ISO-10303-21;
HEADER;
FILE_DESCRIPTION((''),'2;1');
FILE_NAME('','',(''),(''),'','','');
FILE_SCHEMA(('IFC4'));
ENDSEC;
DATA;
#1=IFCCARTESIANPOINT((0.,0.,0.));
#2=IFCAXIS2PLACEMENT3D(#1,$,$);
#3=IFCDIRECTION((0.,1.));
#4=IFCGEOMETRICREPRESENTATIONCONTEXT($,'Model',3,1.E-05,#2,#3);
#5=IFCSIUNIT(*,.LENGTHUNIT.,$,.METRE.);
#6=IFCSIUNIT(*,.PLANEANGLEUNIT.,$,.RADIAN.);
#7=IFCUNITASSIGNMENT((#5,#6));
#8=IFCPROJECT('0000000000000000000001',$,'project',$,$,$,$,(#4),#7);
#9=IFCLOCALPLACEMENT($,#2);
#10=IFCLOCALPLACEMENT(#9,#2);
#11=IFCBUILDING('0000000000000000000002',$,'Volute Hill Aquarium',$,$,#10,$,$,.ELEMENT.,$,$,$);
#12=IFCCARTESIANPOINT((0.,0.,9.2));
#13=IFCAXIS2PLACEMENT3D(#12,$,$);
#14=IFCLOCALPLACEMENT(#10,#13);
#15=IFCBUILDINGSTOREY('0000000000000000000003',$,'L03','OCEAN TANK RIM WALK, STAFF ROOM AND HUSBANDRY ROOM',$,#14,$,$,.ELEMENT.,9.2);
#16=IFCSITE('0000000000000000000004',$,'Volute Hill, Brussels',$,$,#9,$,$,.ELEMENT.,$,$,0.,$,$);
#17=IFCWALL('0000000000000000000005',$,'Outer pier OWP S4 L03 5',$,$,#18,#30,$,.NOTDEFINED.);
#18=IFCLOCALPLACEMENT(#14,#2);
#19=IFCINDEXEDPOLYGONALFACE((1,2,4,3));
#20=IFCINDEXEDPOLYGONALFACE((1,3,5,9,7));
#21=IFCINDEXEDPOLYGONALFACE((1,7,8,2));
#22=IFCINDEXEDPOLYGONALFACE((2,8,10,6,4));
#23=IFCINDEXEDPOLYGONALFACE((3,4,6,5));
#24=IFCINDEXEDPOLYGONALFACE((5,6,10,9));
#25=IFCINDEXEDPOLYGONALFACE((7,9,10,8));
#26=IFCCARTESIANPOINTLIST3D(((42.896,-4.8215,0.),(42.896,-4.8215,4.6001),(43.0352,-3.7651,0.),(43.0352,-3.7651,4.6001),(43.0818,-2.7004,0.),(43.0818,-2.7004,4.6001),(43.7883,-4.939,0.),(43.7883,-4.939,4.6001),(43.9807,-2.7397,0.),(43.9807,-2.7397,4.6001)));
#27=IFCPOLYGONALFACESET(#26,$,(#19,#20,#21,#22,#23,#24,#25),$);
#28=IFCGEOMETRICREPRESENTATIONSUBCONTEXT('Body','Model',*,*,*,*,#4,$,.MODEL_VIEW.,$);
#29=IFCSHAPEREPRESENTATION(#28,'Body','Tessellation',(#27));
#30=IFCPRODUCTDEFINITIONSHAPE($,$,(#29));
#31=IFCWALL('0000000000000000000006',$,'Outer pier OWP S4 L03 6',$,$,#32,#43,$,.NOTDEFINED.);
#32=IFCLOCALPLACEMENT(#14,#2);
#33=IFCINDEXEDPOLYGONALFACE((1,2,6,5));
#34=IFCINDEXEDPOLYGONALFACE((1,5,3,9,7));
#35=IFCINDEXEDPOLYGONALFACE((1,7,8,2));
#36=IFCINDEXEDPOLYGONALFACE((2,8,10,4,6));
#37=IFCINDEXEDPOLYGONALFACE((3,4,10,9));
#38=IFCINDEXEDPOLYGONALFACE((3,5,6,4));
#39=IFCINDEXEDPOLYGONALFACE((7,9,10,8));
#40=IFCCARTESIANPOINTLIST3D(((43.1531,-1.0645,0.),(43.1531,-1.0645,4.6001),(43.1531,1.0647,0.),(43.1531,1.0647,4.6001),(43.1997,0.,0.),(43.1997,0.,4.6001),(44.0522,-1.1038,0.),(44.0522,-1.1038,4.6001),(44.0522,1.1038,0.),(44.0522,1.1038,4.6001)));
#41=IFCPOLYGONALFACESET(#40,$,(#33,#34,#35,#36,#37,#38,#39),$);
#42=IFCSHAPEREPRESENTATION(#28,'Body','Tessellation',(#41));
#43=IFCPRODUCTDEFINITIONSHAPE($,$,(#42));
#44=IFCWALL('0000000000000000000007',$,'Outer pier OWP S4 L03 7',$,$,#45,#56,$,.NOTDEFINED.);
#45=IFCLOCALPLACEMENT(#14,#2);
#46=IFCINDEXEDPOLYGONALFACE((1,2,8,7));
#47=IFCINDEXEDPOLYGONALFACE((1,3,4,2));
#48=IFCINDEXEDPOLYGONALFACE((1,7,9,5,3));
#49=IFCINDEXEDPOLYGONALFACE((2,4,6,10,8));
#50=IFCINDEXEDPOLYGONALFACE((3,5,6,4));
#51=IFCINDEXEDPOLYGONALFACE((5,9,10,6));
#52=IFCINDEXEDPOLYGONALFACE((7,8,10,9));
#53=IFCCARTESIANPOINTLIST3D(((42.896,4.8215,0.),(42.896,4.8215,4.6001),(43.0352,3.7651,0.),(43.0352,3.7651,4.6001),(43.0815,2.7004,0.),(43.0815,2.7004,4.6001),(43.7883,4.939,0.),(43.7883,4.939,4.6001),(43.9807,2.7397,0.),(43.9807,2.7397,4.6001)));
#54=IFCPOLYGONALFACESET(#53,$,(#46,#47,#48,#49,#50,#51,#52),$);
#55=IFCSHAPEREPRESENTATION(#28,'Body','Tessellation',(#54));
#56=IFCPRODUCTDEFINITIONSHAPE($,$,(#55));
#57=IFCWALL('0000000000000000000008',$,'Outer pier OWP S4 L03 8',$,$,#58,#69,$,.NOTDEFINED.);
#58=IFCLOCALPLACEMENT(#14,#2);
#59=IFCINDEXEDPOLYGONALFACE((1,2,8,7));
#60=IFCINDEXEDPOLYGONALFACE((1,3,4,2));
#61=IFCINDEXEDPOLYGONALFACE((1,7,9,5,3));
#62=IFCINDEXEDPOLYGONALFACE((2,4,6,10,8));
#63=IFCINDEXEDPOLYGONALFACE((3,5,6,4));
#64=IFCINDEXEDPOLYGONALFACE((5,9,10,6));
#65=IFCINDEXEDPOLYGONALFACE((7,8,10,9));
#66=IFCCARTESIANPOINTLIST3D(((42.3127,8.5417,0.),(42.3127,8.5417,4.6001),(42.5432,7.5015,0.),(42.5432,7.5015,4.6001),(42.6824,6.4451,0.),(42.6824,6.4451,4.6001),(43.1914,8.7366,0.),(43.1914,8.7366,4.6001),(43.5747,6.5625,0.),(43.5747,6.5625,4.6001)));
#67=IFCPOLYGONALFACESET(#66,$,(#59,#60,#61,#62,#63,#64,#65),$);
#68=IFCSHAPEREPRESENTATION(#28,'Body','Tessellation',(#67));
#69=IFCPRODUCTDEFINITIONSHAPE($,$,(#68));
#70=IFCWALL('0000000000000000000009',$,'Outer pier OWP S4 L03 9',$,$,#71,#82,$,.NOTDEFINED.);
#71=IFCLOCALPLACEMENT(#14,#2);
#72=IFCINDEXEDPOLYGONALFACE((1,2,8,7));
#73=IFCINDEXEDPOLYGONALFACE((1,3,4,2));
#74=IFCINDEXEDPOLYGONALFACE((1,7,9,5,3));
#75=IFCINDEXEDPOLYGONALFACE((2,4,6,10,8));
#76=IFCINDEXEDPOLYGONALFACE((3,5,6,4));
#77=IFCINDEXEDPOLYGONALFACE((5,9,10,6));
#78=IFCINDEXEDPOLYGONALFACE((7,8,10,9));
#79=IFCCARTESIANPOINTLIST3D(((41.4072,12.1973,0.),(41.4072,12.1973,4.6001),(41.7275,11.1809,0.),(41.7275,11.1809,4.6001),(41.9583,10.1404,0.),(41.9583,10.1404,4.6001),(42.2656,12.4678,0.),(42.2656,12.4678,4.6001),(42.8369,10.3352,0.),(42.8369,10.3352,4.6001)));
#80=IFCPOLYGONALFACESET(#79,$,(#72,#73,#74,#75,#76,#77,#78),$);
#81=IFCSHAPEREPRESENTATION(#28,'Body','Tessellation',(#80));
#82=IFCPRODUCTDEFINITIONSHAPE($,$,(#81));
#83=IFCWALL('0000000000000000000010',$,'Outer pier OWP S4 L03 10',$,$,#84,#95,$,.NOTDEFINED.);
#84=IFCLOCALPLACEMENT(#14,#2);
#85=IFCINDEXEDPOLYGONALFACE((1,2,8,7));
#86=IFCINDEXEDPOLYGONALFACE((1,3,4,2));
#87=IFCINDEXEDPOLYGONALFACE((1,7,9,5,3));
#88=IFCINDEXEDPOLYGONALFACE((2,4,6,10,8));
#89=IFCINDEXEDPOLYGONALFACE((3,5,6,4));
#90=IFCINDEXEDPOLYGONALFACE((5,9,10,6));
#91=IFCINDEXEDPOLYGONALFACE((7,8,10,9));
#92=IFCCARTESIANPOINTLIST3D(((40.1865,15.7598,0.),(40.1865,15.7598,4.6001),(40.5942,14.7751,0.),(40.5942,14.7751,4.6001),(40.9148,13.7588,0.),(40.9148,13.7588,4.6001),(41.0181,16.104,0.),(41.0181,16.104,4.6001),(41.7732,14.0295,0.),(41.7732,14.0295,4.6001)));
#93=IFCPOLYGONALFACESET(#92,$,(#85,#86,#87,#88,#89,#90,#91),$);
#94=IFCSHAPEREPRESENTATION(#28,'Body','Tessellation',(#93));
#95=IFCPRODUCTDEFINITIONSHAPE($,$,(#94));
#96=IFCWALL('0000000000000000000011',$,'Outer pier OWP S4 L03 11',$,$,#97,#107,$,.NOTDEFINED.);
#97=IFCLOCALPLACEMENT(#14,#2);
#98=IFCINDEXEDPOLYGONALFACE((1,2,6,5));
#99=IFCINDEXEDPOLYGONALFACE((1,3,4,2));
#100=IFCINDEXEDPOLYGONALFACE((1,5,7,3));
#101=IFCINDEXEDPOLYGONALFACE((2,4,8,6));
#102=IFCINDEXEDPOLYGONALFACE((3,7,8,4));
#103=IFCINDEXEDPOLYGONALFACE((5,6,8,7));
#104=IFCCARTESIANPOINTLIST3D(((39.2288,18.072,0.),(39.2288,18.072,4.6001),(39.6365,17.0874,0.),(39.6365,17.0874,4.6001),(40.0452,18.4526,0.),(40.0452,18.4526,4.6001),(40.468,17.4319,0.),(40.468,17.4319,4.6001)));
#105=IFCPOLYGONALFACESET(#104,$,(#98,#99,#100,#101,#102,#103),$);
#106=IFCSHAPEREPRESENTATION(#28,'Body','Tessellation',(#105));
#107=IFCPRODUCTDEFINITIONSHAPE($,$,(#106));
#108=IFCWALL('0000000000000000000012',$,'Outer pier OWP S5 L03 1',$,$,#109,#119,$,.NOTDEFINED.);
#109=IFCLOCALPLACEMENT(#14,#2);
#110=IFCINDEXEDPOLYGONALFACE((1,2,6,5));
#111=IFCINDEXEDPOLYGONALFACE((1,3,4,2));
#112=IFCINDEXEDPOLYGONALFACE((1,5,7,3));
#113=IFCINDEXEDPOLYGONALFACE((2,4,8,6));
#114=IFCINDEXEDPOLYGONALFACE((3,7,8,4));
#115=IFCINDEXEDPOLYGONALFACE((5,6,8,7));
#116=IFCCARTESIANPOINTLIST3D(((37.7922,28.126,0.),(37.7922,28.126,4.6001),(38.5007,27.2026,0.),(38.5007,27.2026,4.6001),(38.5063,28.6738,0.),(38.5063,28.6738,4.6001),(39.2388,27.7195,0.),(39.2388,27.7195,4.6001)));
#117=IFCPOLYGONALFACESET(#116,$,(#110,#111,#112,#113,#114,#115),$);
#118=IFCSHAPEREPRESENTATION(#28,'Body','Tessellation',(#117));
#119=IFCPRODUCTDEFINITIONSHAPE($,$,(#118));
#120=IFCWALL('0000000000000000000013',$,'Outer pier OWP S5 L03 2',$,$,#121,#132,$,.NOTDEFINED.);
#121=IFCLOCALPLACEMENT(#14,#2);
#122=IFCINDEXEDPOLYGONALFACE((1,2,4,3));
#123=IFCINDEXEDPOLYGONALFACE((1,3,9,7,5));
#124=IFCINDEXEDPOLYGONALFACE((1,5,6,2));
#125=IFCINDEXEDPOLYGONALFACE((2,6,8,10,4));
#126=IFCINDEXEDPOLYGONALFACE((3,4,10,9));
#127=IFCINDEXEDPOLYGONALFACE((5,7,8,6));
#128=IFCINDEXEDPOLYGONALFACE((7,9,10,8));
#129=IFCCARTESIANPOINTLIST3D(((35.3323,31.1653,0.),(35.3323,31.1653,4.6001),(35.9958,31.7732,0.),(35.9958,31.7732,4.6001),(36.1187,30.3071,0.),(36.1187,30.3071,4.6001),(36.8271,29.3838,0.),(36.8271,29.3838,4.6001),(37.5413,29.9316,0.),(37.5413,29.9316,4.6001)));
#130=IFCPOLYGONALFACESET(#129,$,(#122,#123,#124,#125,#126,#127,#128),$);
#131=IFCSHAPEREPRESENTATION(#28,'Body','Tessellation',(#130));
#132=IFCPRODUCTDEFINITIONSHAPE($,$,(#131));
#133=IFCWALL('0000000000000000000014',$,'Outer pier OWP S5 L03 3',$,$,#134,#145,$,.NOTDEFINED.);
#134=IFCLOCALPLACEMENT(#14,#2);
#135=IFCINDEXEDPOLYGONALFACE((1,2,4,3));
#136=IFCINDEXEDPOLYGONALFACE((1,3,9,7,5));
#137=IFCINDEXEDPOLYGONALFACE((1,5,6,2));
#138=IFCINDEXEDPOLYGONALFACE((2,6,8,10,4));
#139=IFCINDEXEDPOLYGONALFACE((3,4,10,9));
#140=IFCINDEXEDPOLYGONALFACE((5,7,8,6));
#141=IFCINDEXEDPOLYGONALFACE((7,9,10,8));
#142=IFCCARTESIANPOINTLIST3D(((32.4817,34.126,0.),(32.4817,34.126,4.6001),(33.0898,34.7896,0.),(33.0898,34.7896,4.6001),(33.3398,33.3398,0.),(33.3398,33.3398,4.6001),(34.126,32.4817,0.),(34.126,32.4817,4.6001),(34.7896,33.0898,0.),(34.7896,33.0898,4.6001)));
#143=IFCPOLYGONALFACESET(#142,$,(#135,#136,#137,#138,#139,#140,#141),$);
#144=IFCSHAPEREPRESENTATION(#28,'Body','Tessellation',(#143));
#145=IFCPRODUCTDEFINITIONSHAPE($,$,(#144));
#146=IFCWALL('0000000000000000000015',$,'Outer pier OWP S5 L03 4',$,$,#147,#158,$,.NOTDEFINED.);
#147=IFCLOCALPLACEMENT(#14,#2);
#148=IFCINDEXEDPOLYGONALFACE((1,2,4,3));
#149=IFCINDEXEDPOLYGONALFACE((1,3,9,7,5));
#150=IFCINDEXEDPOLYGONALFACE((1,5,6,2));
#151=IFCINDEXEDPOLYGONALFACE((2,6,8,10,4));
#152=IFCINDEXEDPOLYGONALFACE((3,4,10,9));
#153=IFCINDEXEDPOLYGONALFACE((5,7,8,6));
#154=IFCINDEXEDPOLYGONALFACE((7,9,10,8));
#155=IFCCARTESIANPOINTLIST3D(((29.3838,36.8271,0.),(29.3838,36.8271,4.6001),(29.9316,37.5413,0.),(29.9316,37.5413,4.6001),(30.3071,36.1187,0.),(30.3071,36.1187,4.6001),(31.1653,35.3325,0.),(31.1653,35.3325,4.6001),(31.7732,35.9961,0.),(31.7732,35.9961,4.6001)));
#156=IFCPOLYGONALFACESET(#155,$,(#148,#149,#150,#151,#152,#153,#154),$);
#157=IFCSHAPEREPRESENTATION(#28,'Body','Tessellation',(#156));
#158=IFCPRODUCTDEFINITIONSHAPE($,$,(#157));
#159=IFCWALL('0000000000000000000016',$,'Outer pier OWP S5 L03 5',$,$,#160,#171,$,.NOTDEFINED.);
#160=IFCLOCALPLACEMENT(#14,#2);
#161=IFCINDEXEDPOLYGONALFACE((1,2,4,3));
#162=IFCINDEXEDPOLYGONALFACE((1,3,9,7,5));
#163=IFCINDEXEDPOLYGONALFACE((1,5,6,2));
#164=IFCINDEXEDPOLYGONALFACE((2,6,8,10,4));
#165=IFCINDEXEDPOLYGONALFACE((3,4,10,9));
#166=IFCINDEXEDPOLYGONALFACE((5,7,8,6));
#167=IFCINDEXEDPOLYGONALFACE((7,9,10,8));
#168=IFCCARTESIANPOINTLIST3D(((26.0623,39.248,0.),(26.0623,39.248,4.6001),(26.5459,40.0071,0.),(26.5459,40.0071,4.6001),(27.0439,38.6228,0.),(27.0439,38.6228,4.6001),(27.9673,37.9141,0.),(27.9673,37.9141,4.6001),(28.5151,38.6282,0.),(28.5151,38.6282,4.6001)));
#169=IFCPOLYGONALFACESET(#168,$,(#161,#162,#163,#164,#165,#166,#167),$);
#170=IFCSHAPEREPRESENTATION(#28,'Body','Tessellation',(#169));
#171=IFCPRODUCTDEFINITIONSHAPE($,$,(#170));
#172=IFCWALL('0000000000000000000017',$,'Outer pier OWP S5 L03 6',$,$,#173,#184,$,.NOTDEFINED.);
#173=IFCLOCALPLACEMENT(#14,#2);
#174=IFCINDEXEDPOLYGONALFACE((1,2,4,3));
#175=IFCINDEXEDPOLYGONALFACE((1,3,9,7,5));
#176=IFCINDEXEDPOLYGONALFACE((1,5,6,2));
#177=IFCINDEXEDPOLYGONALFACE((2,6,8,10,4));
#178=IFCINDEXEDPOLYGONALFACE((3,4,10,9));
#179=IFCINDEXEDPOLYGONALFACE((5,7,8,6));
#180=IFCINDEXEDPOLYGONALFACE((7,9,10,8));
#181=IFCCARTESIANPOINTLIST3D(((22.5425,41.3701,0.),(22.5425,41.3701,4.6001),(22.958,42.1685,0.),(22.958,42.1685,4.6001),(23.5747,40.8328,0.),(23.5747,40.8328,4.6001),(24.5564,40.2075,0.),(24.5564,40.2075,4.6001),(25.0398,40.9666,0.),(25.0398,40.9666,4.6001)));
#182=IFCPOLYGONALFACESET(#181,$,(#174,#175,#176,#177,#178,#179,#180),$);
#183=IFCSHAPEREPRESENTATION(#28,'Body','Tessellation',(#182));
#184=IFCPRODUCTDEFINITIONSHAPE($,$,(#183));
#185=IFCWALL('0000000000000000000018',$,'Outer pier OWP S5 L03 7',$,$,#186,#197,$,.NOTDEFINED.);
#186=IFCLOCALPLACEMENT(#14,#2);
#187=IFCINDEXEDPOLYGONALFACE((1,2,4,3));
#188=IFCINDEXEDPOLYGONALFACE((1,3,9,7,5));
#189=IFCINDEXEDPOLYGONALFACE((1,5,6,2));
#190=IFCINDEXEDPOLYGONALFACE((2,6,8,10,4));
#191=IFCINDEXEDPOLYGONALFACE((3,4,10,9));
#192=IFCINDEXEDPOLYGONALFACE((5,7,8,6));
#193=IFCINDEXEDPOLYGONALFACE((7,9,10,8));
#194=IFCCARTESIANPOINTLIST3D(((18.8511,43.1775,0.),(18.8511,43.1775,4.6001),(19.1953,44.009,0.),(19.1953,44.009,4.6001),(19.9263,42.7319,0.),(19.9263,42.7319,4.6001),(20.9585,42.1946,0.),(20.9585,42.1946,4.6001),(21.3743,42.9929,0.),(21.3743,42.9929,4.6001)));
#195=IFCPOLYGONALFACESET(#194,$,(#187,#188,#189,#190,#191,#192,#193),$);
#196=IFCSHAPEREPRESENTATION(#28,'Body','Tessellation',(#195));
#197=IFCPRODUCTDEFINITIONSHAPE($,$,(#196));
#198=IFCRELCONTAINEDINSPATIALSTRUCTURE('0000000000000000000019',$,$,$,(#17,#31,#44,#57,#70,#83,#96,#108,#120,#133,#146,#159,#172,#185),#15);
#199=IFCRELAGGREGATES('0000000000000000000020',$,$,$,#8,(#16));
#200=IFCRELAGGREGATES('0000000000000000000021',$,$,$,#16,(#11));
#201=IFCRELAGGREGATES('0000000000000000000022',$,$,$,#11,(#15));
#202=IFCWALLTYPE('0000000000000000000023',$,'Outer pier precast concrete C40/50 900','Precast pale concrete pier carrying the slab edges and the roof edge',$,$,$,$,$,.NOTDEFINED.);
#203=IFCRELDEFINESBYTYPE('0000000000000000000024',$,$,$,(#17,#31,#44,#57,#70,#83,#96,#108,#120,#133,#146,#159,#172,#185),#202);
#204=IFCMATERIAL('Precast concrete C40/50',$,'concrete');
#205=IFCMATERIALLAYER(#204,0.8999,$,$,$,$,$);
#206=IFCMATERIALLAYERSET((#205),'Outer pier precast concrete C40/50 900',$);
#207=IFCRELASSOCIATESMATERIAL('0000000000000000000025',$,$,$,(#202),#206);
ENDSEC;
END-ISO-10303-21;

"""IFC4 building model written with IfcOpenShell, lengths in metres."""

from ifc_helpers import new_model, si_unit, direction, frame, origin, place, context, subcontext, project, spatial, polyline, outline, extrude, material, layer, layer_set, type_object, element, save


model = new_model("IFC4")

# Units and contexts
model_context = context("Model", 3, precision=1e-05, world=origin(), true_north=direction((0.0, 1.0)))
body_context = subcontext(model_context, "Body", "Model", "MODEL_VIEW")
ifc_project = project(units=[si_unit("LENGTHUNIT", "METRE"), si_unit("PLANEANGLEUNIT", "RADIAN")], contexts=[model_context])

# Site, building, storey
site_placement = place(None, origin())
site = spatial("IfcSite", under=ifc_project, at=site_placement, Name="Volute Hill, Brussels", CompositionType="ELEMENT", RefElevation=0.0)
building_placement = place(site_placement, origin())
building = spatial("IfcBuilding", under=site, at=building_placement, Name="Volute Hill Aquarium", CompositionType="ELEMENT")
storey_placement = place(building_placement, frame((0.0, 0.0, 9.2)))
storey = spatial("IfcBuildingStorey", under=building, at=storey_placement, Name="L03", Description="OCEAN TANK RIM WALK, STAFF ROOM AND HUSBANDRY ROOM", CompositionType="ELEMENT", Elevation=9.2)

# Walls
ifc_material_1 = material(Name="Precast concrete C40/50", Category="concrete")
ifc_layer_1 = layer(ifc_material_1, 0.8999)
ifc_layer_set_1 = layer_set([ifc_layer_1], Name="Outer pier precast concrete C40/50 900")
wall_type_1 = type_object("IfcWallType", Name="Outer pier precast concrete C40/50 900", Description="Precast pale concrete pier carrying the slab edges and the roof edge", PredefinedType="NOTDEFINED", material=ifc_layer_set_1)
wall_1_placement = place(storey_placement, origin())
element("IfcWall", 1, at=wall_1_placement, inside=storey, type_object=wall_type_1, Name="Outer pier OWP S4 L03 5", PredefinedType="NOTDEFINED", context=body_context, shape_type="SweptSolid", body=[
    extrude(outline(polyline([(42.896, -4.8215), (43.7883, -4.939), (43.9807, -2.7397), (43.0818, -2.7004), (43.0352, -3.7651), (42.896, -4.8215)])), origin(), (0.0, 0.0, 1.0), 4.6001),
])
wall_2_placement = place(storey_placement, origin())
element("IfcWall", 2, at=wall_2_placement, inside=storey, type_object=wall_type_1, Name="Outer pier OWP S4 L03 6", PredefinedType="NOTDEFINED", context=body_context, shape_type="SweptSolid", body=[
    extrude(outline(polyline([(43.1531, -1.0645), (44.0522, -1.1038), (44.0522, 1.1038), (43.1531, 1.0647), (43.1997, 0.0), (43.1531, -1.0645)])), origin(), (0.0, 0.0, 1.0), 4.6001),
])
wall_3_placement = place(storey_placement, origin())
element("IfcWall", 3, at=wall_3_placement, inside=storey, type_object=wall_type_1, Name="Outer pier OWP S4 L03 7", PredefinedType="NOTDEFINED", context=body_context, shape_type="SweptSolid", body=[
    extrude(outline(polyline([(43.0815, 2.7004), (43.9807, 2.7397), (43.7883, 4.939), (42.896, 4.8215), (43.0352, 3.7651), (43.0815, 2.7004)])), origin(), (0.0, 0.0, 1.0), 4.6001),
])
wall_4_placement = place(storey_placement, origin())
element("IfcWall", 4, at=wall_4_placement, inside=storey, type_object=wall_type_1, Name="Outer pier OWP S4 L03 8", PredefinedType="NOTDEFINED", context=body_context, shape_type="SweptSolid", body=[
    extrude(outline(polyline([(42.6824, 6.4451), (43.5747, 6.5625), (43.1914, 8.7366), (42.3127, 8.5417), (42.5432, 7.5015), (42.6824, 6.4451)])), origin(), (0.0, 0.0, 1.0), 4.6001),
])
wall_5_placement = place(storey_placement, origin())
element("IfcWall", 5, at=wall_5_placement, inside=storey, type_object=wall_type_1, Name="Outer pier OWP S4 L03 9", PredefinedType="NOTDEFINED", context=body_context, shape_type="SweptSolid", body=[
    extrude(outline(polyline([(41.9583, 10.1404), (42.8369, 10.3352), (42.2656, 12.4678), (41.4072, 12.1973), (41.7275, 11.1809), (41.9583, 10.1404)])), origin(), (0.0, 0.0, 1.0), 4.6001),
])
wall_6_placement = place(storey_placement, origin())
element("IfcWall", 6, at=wall_6_placement, inside=storey, type_object=wall_type_1, Name="Outer pier OWP S4 L03 10", PredefinedType="NOTDEFINED", context=body_context, shape_type="SweptSolid", body=[
    extrude(outline(polyline([(40.9148, 13.7588), (41.7732, 14.0295), (41.0181, 16.104), (40.1865, 15.7598), (40.5942, 14.7751), (40.9148, 13.7588)])), origin(), (0.0, 0.0, 1.0), 4.6001),
])
wall_7_placement = place(storey_placement, origin())
element("IfcWall", 7, at=wall_7_placement, inside=storey, type_object=wall_type_1, Name="Outer pier OWP S4 L03 11", PredefinedType="NOTDEFINED", context=body_context, shape_type="SweptSolid", body=[
    extrude(outline(polyline([(39.6365, 17.0874), (40.468, 17.4319), (40.0452, 18.4526), (39.2288, 18.072), (39.6365, 17.0874)])), origin(), (0.0, 0.0, 1.0), 4.6001),
])
wall_8_placement = place(storey_placement, origin())
element("IfcWall", 8, at=wall_8_placement, inside=storey, type_object=wall_type_1, Name="Outer pier OWP S5 L03 1", PredefinedType="NOTDEFINED", context=body_context, shape_type="SweptSolid", body=[
    extrude(outline(polyline([(38.5007, 27.2026), (39.2388, 27.7195), (38.5063, 28.6738), (37.7922, 28.126), (38.5007, 27.2026)])), origin(), (0.0, 0.0, 1.0), 4.6001),
])
wall_9_placement = place(storey_placement, origin())
element("IfcWall", 9, at=wall_9_placement, inside=storey, type_object=wall_type_1, Name="Outer pier OWP S5 L03 2", PredefinedType="NOTDEFINED", context=body_context, shape_type="SweptSolid", body=[
    extrude(outline(polyline([(36.8271, 29.3838), (37.5413, 29.9316), (35.9958, 31.7732), (35.3323, 31.1653), (36.1187, 30.3071), (36.8271, 29.3838)])), origin(), (0.0, 0.0, 1.0), 4.6001),
])
wall_10_placement = place(storey_placement, origin())
element("IfcWall", 10, at=wall_10_placement, inside=storey, type_object=wall_type_1, Name="Outer pier OWP S5 L03 3", PredefinedType="NOTDEFINED", context=body_context, shape_type="SweptSolid", body=[
    extrude(outline(polyline([(34.126, 32.4817), (34.7896, 33.0898), (33.0898, 34.7896), (32.4817, 34.126), (33.3398, 33.3398), (34.126, 32.4817)])), origin(), (0.0, 0.0, 1.0), 4.6001),
])
wall_11_placement = place(storey_placement, origin())
element("IfcWall", 11, at=wall_11_placement, inside=storey, type_object=wall_type_1, Name="Outer pier OWP S5 L03 4", PredefinedType="NOTDEFINED", context=body_context, shape_type="SweptSolid", body=[
    extrude(outline(polyline([(31.1653, 35.3325), (31.7732, 35.9961), (29.9316, 37.5413), (29.3838, 36.8271), (30.3071, 36.1187), (31.1653, 35.3325)])), origin(), (0.0, 0.0, 1.0), 4.6001),
])
wall_12_placement = place(storey_placement, origin())
element("IfcWall", 12, at=wall_12_placement, inside=storey, type_object=wall_type_1, Name="Outer pier OWP S5 L03 5", PredefinedType="NOTDEFINED", context=body_context, shape_type="SweptSolid", body=[
    extrude(outline(polyline([(27.9673, 37.9141), (28.5151, 38.6282), (26.5459, 40.0071), (26.0623, 39.248), (27.0439, 38.6228), (27.9673, 37.9141)])), origin(), (0.0, 0.0, 1.0), 4.6001),
])
wall_13_placement = place(storey_placement, origin())
element("IfcWall", 13, at=wall_13_placement, inside=storey, type_object=wall_type_1, Name="Outer pier OWP S5 L03 6", PredefinedType="NOTDEFINED", context=body_context, shape_type="SweptSolid", body=[
    extrude(outline(polyline([(24.5564, 40.2075), (25.0398, 40.9666), (22.958, 42.1685), (22.5425, 41.3701), (23.5747, 40.8328), (24.5564, 40.2075)])), origin(), (0.0, 0.0, 1.0), 4.6001),
])
wall_14_placement = place(storey_placement, origin())
element("IfcWall", 14, at=wall_14_placement, inside=storey, type_object=wall_type_1, Name="Outer pier OWP S5 L03 7", PredefinedType="NOTDEFINED", context=body_context, shape_type="SweptSolid", body=[
    extrude(outline(polyline([(20.9585, 42.1946), (21.3743, 42.9929), (19.1953, 44.009), (18.8511, 43.1775), (19.9263, 42.7319), (20.9585, 42.1946)])), origin(), (0.0, 0.0, 1.0), 4.6001),
])

save(model, "model.ifc")
